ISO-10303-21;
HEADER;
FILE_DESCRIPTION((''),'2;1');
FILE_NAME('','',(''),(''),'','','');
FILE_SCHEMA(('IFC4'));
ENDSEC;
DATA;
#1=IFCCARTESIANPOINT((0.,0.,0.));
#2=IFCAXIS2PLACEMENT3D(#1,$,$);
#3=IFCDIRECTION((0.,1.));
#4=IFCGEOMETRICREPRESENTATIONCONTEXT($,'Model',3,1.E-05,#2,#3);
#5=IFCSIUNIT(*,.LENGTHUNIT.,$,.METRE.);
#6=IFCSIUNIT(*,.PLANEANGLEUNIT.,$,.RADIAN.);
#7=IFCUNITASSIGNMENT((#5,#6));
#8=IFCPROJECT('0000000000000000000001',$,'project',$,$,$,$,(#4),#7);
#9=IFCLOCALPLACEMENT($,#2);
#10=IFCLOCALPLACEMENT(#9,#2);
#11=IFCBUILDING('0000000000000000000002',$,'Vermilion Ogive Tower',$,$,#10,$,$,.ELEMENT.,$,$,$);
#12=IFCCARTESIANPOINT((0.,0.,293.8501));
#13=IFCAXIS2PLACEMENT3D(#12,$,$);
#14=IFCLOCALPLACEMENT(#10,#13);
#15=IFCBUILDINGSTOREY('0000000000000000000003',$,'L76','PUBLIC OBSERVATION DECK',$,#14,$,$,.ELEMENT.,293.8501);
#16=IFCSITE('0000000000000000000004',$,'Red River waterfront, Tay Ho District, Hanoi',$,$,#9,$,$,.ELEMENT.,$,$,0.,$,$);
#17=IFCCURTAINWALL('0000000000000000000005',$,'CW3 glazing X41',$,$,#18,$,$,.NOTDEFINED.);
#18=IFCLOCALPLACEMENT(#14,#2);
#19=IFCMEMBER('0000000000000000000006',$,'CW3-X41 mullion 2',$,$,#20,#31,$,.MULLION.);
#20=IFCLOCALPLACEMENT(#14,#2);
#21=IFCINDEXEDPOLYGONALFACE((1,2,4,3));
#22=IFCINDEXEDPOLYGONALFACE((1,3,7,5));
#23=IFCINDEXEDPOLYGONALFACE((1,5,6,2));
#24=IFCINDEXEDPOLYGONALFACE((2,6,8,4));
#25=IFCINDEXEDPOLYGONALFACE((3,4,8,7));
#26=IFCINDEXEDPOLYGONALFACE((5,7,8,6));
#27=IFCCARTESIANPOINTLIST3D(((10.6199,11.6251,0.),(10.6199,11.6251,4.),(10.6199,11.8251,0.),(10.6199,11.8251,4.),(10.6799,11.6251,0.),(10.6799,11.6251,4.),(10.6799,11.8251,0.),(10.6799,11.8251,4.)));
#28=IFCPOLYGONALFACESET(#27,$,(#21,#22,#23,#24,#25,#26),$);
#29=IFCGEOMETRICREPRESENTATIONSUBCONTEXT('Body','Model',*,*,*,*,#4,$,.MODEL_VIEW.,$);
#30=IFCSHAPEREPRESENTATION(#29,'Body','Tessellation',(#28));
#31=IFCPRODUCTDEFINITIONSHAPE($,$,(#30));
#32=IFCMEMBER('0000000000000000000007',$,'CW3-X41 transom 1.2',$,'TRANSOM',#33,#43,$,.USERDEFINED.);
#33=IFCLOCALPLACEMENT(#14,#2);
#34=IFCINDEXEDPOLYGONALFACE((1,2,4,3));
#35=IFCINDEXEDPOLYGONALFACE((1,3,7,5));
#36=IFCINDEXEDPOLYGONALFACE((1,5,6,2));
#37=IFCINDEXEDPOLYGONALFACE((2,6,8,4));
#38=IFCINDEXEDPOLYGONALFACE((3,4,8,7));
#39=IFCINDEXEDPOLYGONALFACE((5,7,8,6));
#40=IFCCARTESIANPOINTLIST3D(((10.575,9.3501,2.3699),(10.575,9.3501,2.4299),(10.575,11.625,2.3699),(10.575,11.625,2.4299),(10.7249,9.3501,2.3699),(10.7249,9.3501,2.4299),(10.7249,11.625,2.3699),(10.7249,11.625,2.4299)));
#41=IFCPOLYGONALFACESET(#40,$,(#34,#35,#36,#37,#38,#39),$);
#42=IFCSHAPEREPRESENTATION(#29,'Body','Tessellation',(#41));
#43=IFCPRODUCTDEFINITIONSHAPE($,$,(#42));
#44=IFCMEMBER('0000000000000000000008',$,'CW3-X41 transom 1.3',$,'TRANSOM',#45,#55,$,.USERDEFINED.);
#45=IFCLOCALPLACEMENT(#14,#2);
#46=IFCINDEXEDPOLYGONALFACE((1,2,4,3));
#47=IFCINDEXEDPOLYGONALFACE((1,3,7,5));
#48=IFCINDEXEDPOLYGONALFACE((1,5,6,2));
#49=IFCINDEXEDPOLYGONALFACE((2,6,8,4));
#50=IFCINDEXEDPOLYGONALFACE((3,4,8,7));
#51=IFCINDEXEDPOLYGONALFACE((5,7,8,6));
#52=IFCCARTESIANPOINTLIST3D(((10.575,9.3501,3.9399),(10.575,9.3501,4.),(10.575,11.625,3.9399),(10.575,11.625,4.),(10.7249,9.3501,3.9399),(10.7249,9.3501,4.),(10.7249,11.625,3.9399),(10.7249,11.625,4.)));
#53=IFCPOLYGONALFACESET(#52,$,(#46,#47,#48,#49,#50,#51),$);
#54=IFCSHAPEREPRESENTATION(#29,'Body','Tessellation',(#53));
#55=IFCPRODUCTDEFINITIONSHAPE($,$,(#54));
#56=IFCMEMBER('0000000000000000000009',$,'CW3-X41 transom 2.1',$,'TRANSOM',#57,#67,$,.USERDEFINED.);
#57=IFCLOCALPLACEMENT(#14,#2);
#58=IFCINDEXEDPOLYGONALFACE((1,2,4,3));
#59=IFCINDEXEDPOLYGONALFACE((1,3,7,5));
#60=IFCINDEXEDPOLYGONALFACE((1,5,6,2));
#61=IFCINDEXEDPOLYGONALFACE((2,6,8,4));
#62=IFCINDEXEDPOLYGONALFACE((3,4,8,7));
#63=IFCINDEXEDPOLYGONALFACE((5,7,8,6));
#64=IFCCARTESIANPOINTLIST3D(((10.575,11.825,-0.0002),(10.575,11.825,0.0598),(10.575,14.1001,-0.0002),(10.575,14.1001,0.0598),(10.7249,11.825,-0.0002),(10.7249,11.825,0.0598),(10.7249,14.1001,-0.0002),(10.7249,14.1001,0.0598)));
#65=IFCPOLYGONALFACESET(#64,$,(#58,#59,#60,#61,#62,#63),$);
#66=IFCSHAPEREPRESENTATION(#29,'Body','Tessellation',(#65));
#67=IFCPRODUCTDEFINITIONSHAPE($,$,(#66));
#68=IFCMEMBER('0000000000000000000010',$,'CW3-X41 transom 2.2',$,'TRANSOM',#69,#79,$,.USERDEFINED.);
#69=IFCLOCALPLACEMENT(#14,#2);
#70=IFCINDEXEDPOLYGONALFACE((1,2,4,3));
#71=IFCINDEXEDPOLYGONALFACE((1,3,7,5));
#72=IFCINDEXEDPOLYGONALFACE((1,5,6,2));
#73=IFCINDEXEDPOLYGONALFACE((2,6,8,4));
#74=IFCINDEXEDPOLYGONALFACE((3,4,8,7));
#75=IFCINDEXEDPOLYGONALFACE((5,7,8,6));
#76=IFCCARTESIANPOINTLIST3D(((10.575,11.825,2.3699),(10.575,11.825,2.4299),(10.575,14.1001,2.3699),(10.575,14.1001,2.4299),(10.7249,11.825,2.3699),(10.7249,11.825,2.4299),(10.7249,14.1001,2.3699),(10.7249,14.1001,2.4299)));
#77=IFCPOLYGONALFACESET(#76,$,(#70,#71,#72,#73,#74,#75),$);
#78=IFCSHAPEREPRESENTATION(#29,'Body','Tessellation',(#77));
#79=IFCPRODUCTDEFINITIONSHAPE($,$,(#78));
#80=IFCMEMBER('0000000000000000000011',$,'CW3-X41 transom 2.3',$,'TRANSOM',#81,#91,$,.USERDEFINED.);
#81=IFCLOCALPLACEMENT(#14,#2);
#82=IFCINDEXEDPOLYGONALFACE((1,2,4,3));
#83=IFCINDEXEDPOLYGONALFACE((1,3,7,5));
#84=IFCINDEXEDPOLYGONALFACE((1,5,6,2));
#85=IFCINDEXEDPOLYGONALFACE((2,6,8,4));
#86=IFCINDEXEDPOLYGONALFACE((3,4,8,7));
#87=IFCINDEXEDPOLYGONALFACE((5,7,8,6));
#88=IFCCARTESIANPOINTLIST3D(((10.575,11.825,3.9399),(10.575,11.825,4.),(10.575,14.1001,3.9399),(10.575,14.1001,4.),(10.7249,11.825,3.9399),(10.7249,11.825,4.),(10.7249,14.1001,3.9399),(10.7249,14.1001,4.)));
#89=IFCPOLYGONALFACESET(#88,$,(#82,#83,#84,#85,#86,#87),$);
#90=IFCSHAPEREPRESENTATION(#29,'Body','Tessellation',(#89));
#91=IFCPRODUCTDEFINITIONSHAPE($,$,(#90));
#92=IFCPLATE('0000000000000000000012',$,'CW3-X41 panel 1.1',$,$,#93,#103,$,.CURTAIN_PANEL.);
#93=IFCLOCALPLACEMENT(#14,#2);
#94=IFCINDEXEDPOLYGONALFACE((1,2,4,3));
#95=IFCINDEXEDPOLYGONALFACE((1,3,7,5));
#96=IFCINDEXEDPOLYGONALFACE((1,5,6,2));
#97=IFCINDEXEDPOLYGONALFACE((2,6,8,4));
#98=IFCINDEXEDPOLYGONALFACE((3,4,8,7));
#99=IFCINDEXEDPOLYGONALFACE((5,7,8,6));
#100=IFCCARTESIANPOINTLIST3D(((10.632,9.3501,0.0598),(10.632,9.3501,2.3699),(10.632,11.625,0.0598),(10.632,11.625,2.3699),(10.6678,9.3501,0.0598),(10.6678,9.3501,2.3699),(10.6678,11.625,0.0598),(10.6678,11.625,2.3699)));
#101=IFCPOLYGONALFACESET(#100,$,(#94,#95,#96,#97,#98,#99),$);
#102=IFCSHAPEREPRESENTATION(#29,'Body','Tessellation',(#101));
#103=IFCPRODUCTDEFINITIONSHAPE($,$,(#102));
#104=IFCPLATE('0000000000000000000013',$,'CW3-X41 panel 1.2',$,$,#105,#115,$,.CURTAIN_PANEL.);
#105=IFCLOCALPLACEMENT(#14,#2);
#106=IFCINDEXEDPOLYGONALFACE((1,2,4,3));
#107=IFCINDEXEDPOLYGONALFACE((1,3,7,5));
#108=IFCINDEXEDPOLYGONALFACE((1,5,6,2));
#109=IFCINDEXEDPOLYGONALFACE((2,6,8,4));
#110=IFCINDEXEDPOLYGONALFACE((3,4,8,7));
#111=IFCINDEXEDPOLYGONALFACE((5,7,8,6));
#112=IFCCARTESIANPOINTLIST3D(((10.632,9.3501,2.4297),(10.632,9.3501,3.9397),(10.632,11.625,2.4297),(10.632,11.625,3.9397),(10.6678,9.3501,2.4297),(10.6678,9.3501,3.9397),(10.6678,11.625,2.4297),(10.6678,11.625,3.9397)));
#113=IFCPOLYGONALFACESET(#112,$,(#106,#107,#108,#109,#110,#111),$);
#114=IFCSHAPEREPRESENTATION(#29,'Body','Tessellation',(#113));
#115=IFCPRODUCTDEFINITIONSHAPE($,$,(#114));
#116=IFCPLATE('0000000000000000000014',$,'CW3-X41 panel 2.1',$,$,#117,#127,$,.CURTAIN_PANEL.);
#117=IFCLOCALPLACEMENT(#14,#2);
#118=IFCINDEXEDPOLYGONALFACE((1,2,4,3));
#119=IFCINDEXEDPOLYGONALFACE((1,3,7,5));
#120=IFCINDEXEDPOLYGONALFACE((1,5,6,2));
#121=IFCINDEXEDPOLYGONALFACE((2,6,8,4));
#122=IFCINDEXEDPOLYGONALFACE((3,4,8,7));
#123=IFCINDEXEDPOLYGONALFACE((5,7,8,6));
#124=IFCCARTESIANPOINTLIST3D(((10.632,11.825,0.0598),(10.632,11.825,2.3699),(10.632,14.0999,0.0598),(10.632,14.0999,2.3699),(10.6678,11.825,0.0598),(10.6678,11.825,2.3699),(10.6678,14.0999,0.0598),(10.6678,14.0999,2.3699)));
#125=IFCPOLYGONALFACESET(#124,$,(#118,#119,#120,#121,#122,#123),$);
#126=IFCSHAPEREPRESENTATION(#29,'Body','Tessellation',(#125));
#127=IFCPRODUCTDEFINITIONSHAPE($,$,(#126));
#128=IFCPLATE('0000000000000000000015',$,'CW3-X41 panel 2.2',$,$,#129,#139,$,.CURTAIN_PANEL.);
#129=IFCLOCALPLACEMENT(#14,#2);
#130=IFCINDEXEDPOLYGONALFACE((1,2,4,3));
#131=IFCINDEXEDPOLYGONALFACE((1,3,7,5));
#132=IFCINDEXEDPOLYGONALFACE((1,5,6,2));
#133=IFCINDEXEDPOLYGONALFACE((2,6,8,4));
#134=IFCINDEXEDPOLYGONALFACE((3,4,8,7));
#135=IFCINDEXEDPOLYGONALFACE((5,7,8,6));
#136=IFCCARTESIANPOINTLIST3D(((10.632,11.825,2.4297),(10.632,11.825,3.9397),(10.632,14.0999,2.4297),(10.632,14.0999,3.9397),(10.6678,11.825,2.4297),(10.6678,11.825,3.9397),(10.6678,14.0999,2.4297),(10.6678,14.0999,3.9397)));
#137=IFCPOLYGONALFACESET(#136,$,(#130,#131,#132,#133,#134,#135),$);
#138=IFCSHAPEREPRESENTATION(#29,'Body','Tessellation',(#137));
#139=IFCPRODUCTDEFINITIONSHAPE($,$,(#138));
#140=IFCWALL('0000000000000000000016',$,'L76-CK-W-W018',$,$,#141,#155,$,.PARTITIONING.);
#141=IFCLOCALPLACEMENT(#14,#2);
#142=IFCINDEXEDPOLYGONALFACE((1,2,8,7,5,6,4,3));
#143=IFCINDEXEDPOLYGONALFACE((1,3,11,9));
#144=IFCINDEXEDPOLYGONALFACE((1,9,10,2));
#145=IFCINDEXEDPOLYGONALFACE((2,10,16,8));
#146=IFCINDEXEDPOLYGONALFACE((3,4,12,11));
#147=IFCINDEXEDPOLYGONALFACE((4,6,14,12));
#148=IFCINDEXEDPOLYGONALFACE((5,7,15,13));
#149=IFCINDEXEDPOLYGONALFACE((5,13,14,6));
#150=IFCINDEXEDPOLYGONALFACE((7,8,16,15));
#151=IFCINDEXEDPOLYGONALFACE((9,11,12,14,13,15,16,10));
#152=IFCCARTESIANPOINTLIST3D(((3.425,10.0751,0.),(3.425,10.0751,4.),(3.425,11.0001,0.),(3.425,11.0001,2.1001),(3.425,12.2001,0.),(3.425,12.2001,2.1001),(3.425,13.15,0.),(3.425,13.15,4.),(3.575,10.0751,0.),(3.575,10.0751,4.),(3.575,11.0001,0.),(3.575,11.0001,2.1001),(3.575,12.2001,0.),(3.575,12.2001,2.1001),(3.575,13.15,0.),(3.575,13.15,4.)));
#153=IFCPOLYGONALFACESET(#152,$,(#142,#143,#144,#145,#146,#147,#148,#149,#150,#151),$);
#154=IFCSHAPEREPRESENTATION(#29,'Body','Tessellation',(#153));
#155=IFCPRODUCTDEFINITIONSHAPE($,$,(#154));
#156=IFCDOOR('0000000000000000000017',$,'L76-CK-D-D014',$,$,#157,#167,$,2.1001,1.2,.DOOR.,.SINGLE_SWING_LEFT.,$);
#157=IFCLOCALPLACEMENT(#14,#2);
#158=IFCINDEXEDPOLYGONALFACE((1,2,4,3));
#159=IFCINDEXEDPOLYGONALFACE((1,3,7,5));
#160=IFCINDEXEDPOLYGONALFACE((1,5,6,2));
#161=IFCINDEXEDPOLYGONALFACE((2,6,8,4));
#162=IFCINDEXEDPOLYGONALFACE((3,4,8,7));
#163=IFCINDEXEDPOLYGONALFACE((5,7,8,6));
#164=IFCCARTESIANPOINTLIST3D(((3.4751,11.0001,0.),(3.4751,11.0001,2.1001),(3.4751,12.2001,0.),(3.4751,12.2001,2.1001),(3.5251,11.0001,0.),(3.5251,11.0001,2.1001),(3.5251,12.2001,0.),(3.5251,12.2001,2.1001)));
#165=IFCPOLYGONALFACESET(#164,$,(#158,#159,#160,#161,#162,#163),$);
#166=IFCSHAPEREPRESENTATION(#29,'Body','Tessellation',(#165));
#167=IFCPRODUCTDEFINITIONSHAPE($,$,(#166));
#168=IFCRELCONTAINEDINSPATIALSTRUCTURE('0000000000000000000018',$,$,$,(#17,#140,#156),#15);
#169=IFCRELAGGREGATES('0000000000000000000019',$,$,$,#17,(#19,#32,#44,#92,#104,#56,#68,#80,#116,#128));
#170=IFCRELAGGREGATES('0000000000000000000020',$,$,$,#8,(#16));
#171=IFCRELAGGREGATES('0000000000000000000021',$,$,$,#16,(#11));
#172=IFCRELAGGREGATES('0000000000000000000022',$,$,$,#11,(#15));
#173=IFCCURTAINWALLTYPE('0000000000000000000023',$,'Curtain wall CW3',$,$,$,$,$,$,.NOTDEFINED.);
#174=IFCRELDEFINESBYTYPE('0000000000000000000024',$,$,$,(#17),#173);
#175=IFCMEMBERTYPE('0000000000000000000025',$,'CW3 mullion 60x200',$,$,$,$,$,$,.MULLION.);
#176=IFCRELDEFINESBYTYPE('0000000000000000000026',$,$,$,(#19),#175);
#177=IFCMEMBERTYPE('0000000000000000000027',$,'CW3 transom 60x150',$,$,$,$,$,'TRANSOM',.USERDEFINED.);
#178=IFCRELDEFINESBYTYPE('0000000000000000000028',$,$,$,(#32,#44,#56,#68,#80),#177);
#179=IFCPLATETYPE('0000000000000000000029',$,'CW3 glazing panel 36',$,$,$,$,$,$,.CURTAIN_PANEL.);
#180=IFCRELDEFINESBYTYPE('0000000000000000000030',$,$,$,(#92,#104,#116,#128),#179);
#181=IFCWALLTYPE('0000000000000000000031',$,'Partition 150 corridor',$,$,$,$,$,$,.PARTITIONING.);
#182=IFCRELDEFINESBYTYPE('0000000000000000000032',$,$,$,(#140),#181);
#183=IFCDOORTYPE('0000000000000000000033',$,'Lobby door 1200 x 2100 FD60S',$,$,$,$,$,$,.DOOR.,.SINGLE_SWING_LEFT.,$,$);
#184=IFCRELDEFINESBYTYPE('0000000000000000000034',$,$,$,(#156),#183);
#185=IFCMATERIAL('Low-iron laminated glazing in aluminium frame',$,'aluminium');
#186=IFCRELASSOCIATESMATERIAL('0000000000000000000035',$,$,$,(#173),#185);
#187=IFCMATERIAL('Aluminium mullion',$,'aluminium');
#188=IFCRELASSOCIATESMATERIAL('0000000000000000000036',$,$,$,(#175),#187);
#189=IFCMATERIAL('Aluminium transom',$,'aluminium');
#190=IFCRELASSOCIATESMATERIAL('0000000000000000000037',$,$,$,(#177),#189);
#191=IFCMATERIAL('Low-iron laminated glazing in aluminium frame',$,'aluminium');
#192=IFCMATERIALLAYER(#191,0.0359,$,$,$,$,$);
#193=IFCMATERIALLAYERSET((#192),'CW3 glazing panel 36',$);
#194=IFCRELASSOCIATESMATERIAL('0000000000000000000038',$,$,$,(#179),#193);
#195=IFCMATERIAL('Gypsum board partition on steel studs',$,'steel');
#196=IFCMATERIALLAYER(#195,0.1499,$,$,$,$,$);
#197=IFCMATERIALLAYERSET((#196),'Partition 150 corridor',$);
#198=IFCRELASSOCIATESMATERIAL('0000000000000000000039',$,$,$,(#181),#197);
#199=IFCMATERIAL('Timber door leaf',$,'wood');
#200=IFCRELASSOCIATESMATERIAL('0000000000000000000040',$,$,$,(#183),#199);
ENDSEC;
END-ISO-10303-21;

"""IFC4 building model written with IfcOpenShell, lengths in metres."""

from ifc_helpers import new_model, si_unit, direction, frame, frame_2d, origin, origin_2d, place, context, subcontext, project, spatial, rectangle, extrude, material, layer, layer_set, material_profile, profile_set, type_object, element, fill, aggregate, save


model = new_model("IFC4")

# Units and contexts
model_context = context("Model", 3, precision=1e-05, world=origin(), true_north=direction((0.0, 1.0)))
body_context = subcontext(model_context, "Body", "Model", "MODEL_VIEW")
ifc_project = project(units=[si_unit("LENGTHUNIT", "METRE"), si_unit("PLANEANGLEUNIT", "RADIAN")], contexts=[model_context])

# Site, building, storey
site_placement = place(None, origin())
site = spatial("IfcSite", under=ifc_project, at=site_placement, Name="Red River waterfront, Tay Ho District, Hanoi", CompositionType="ELEMENT", RefElevation=0.0)
building_placement = place(site_placement, origin())
building = spatial("IfcBuilding", under=site, at=building_placement, Name="Vermilion Ogive Tower", CompositionType="ELEMENT")
storey_placement = place(building_placement, frame((0.0, 0.0, 293.8501)))
storey = spatial("IfcBuildingStorey", under=building, at=storey_placement, Name="L76", Description="PUBLIC OBSERVATION DECK", CompositionType="ELEMENT", Elevation=293.8501)

# Curtain wall, members, plates
ifc_material_1 = material(Name="Low-iron laminated glazing in aluminium frame", Category="aluminium")
curtain_wall_type = type_object("IfcCurtainWallType", Name="Curtain wall CW3", PredefinedType="NOTDEFINED", material=ifc_material_1)
curtain_wall_placement = place(storey_placement, origin())
curtain_wall = element("IfcCurtainWall", 1, at=curtain_wall_placement, inside=storey, type_object=curtain_wall_type, Name="CW3 glazing X41", PredefinedType="NOTDEFINED")
ifc_material_2 = material(Name="Aluminium mullion", Category="aluminium")
ifc_material_profile_1 = material_profile(ifc_material_2, rectangle(XDim=0.0601, YDim=0.2, at=origin_2d()), Name="AL 60x200")
ifc_profile_set_1 = profile_set([ifc_material_profile_1], Name="Aluminium mullion")
member_type_1 = type_object("IfcMemberType", Name="CW3 mullion 60x200", PredefinedType="MULLION", material=ifc_profile_set_1)
member_1_placement = place(storey_placement, frame((10.6499, 11.7251, 0.0), z_axis=(0.0, 0.0, 1.0), x_axis=(-1.0, 0.0, 0.0)))
member_1 = element("IfcMember", 2, at=member_1_placement, type_object=member_type_1, Name="CW3-X41 mullion 2", PredefinedType="MULLION", context=body_context, shape_type="SweptSolid", body=[
    extrude(rectangle(XDim=0.0601, YDim=0.2, at=origin_2d()), origin(), (0.0, 0.0, 1.0), 4.0),
])
ifc_material_3 = material(Name="Aluminium transom", Category="aluminium")
ifc_material_profile_2 = material_profile(ifc_material_3, rectangle(XDim=0.1499, YDim=0.0601, at=origin_2d()), Name="AL 60x150")
ifc_profile_set_2 = profile_set([ifc_material_profile_2], Name="Aluminium transom")
member_type_2 = type_object("IfcMemberType", Name="CW3 transom 60x150", ElementType="TRANSOM", PredefinedType="USERDEFINED", material=ifc_profile_set_2)
member_2_placement = place(storey_placement, frame((10.6499, 9.3501, 2.3999), z_axis=(0.0, 1.0, 0.0), x_axis=(-1.0, 0.0, 0.0)))
member_2 = element("IfcMember", 3, at=member_2_placement, type_object=member_type_2, Name="CW3-X41 transom 1.2", ObjectType="TRANSOM", PredefinedType="USERDEFINED", context=body_context, shape_type="SweptSolid", body=[
    extrude(rectangle(XDim=0.1499, YDim=0.0601, at=origin_2d()), origin(), (0.0, 0.0, 1.0), 2.2749),
])
member_3_placement = place(storey_placement, frame((10.6499, 9.3501, 3.97), z_axis=(0.0, 1.0, 0.0), x_axis=(-1.0, 0.0, 0.0)))
member_3 = element("IfcMember", 4, at=member_3_placement, type_object=member_type_2, Name="CW3-X41 transom 1.3", ObjectType="TRANSOM", PredefinedType="USERDEFINED", context=body_context, shape_type="SweptSolid", body=[
    extrude(rectangle(XDim=0.1499, YDim=0.0601, at=origin_2d()), origin(), (0.0, 0.0, 1.0), 2.2749),
])
member_4_placement = place(storey_placement, frame((10.6499, 11.825, 0.0298), z_axis=(0.0, 1.0, 0.0), x_axis=(-1.0, 0.0, 0.0)))
member_4 = element("IfcMember", 5, at=member_4_placement, type_object=member_type_2, Name="CW3-X41 transom 2.1", ObjectType="TRANSOM", PredefinedType="USERDEFINED", context=body_context, shape_type="SweptSolid", body=[
    extrude(rectangle(XDim=0.1499, YDim=0.0601, at=origin_2d()), origin(), (0.0, 0.0, 1.0), 2.2751),
])
member_5_placement = place(storey_placement, frame((10.6499, 11.825, 2.3999), z_axis=(0.0, 1.0, 0.0), x_axis=(-1.0, 0.0, 0.0)))
member_5 = element("IfcMember", 6, at=member_5_placement, type_object=member_type_2, Name="CW3-X41 transom 2.2", ObjectType="TRANSOM", PredefinedType="USERDEFINED", context=body_context, shape_type="SweptSolid", body=[
    extrude(rectangle(XDim=0.1499, YDim=0.0601, at=origin_2d()), origin(), (0.0, 0.0, 1.0), 2.2751),
])
member_6_placement = place(storey_placement, frame((10.6499, 11.825, 3.97), z_axis=(0.0, 1.0, 0.0), x_axis=(-1.0, 0.0, 0.0)))
member_6 = element("IfcMember", 7, at=member_6_placement, type_object=member_type_2, Name="CW3-X41 transom 2.3", ObjectType="TRANSOM", PredefinedType="USERDEFINED", context=body_context, shape_type="SweptSolid", body=[
    extrude(rectangle(XDim=0.1499, YDim=0.0601, at=origin_2d()), origin(), (0.0, 0.0, 1.0), 2.2751),
])
ifc_material_4 = material(Name="Low-iron laminated glazing in aluminium frame", Category="aluminium")
ifc_layer_1 = layer(ifc_material_4, 0.0359)
ifc_layer_set_1 = layer_set([ifc_layer_1], Name="CW3 glazing panel 36")
plate_type = type_object("IfcPlateType", Name="CW3 glazing panel 36", PredefinedType="CURTAIN_PANEL", material=ifc_layer_set_1)
plate_1_placement = place(storey_placement, frame((10.6499, 10.4875, 0.0598), z_axis=(0.0, 0.0, 1.0), x_axis=(0.0, 1.0, 0.0)))
plate_1 = element("IfcPlate", 8, at=plate_1_placement, type_object=plate_type, Name="CW3-X41 panel 1.1", PredefinedType="CURTAIN_PANEL", context=body_context, shape_type="SweptSolid", body=[
    extrude(rectangle(XDim=2.2749, YDim=0.0359, at=origin_2d()), origin(), (0.0, 0.0, 1.0), 2.3101),
])
plate_2_placement = place(storey_placement, frame((10.6499, 10.4875, 2.4297), z_axis=(0.0, 0.0, 1.0), x_axis=(0.0, 1.0, 0.0)))
plate_2 = element("IfcPlate", 9, at=plate_2_placement, type_object=plate_type, Name="CW3-X41 panel 1.2", PredefinedType="CURTAIN_PANEL", context=body_context, shape_type="SweptSolid", body=[
    extrude(rectangle(XDim=2.2749, YDim=0.0359, at=origin_2d()), origin(), (0.0, 0.0, 1.0), 1.51),
])
plate_3_placement = place(storey_placement, frame((10.6499, 12.9624, 0.0598), z_axis=(0.0, 0.0, 1.0), x_axis=(0.0, 1.0, 0.0)))
plate_3 = element("IfcPlate", 10, at=plate_3_placement, type_object=plate_type, Name="CW3-X41 panel 2.1", PredefinedType="CURTAIN_PANEL", context=body_context, shape_type="SweptSolid", body=[
    extrude(rectangle(XDim=2.2749, YDim=0.0359, at=origin_2d()), origin(), (0.0, 0.0, 1.0), 2.3101),
])
plate_4_placement = place(storey_placement, frame((10.6499, 12.9624, 2.4297), z_axis=(0.0, 0.0, 1.0), x_axis=(0.0, 1.0, 0.0)))
plate_4 = element("IfcPlate", 11, at=plate_4_placement, type_object=plate_type, Name="CW3-X41 panel 2.2", PredefinedType="CURTAIN_PANEL", context=body_context, shape_type="SweptSolid", body=[
    extrude(rectangle(XDim=2.2749, YDim=0.0359, at=origin_2d()), origin(), (0.0, 0.0, 1.0), 1.51),
])
aggregate(curtain_wall, [member_1, member_2, member_3, plate_1, plate_2, member_4, member_5, member_6, plate_3, plate_4])

# Wall, opening, door
ifc_material_5 = material(Name="Gypsum board partition on steel studs", Category="steel")
ifc_layer_2 = layer(ifc_material_5, 0.1499)
ifc_layer_set_2 = layer_set([ifc_layer_2], Name="Partition 150 corridor")
wall_type_1 = type_object("IfcWallType", Name="Partition 150 corridor", PredefinedType="PARTITIONING", material=ifc_layer_set_2)
wall_1_placement = place(storey_placement, frame((3.5, 10.075, 0.0), z_axis=(0.0, 0.0, 1.0), x_axis=(0.0, 1.0, 0.0)))
wall_1 = element("IfcWall", 12, at=wall_1_placement, inside=storey, type_object=wall_type_1, Name="L76-CK-W-W018", PredefinedType="PARTITIONING", context=body_context, shape_type="SweptSolid", body=[
    extrude(rectangle(XDim=3.075, YDim=0.1499, at=frame_2d((1.5376, 0.0))), origin(), (0.0, 0.0, 1.0), 4.0),
])
opening_1_placement = place(wall_1_placement, frame((0.925, 0.0, 0.0)))
opening_1 = element("IfcOpeningElement", 13, at=opening_1_placement, cuts=wall_1, PredefinedType="OPENING", context=body_context, shape_type="SweptSolid", body=[
    extrude(rectangle(XDim=1.2, YDim=2.1001, at=frame_2d((0.6001, 1.05))), frame((0.0, 0.085, 0.0), z_axis=(0.0, -1.0, 0.0), x_axis=(1.0, 0.0, 0.0)), (0.0, 0.0, 1.0), 0.1699),
])
ifc_material_6 = material(Name="Timber door leaf", Category="wood")
door_type_1 = type_object("IfcDoorType", Name="Lobby door 1200 x 2100 FD60S", OperationType="SINGLE_SWING_LEFT", PredefinedType="DOOR", material=ifc_material_6)
door_1_placement = place(opening_1_placement, origin())
door_1 = element("IfcDoor", 14, at=door_1_placement, inside=storey, type_object=door_type_1, Name="L76-CK-D-D014", OperationType="SINGLE_SWING_LEFT", OverallHeight=2.1001, OverallWidth=1.2, PredefinedType="DOOR", context=body_context, shape_type="SweptSolid", body=[
    extrude(rectangle(XDim=1.2, YDim=2.1001, at=frame_2d((0.6001, 1.05))), frame((0.0, 0.0249, 0.0), z_axis=(0.0, -1.0, 0.0), x_axis=(1.0, 0.0, 0.0)), (0.0, 0.0, 1.0), 0.05),
])
fill(opening_1, door_1)

save(model, "model.ifc")
